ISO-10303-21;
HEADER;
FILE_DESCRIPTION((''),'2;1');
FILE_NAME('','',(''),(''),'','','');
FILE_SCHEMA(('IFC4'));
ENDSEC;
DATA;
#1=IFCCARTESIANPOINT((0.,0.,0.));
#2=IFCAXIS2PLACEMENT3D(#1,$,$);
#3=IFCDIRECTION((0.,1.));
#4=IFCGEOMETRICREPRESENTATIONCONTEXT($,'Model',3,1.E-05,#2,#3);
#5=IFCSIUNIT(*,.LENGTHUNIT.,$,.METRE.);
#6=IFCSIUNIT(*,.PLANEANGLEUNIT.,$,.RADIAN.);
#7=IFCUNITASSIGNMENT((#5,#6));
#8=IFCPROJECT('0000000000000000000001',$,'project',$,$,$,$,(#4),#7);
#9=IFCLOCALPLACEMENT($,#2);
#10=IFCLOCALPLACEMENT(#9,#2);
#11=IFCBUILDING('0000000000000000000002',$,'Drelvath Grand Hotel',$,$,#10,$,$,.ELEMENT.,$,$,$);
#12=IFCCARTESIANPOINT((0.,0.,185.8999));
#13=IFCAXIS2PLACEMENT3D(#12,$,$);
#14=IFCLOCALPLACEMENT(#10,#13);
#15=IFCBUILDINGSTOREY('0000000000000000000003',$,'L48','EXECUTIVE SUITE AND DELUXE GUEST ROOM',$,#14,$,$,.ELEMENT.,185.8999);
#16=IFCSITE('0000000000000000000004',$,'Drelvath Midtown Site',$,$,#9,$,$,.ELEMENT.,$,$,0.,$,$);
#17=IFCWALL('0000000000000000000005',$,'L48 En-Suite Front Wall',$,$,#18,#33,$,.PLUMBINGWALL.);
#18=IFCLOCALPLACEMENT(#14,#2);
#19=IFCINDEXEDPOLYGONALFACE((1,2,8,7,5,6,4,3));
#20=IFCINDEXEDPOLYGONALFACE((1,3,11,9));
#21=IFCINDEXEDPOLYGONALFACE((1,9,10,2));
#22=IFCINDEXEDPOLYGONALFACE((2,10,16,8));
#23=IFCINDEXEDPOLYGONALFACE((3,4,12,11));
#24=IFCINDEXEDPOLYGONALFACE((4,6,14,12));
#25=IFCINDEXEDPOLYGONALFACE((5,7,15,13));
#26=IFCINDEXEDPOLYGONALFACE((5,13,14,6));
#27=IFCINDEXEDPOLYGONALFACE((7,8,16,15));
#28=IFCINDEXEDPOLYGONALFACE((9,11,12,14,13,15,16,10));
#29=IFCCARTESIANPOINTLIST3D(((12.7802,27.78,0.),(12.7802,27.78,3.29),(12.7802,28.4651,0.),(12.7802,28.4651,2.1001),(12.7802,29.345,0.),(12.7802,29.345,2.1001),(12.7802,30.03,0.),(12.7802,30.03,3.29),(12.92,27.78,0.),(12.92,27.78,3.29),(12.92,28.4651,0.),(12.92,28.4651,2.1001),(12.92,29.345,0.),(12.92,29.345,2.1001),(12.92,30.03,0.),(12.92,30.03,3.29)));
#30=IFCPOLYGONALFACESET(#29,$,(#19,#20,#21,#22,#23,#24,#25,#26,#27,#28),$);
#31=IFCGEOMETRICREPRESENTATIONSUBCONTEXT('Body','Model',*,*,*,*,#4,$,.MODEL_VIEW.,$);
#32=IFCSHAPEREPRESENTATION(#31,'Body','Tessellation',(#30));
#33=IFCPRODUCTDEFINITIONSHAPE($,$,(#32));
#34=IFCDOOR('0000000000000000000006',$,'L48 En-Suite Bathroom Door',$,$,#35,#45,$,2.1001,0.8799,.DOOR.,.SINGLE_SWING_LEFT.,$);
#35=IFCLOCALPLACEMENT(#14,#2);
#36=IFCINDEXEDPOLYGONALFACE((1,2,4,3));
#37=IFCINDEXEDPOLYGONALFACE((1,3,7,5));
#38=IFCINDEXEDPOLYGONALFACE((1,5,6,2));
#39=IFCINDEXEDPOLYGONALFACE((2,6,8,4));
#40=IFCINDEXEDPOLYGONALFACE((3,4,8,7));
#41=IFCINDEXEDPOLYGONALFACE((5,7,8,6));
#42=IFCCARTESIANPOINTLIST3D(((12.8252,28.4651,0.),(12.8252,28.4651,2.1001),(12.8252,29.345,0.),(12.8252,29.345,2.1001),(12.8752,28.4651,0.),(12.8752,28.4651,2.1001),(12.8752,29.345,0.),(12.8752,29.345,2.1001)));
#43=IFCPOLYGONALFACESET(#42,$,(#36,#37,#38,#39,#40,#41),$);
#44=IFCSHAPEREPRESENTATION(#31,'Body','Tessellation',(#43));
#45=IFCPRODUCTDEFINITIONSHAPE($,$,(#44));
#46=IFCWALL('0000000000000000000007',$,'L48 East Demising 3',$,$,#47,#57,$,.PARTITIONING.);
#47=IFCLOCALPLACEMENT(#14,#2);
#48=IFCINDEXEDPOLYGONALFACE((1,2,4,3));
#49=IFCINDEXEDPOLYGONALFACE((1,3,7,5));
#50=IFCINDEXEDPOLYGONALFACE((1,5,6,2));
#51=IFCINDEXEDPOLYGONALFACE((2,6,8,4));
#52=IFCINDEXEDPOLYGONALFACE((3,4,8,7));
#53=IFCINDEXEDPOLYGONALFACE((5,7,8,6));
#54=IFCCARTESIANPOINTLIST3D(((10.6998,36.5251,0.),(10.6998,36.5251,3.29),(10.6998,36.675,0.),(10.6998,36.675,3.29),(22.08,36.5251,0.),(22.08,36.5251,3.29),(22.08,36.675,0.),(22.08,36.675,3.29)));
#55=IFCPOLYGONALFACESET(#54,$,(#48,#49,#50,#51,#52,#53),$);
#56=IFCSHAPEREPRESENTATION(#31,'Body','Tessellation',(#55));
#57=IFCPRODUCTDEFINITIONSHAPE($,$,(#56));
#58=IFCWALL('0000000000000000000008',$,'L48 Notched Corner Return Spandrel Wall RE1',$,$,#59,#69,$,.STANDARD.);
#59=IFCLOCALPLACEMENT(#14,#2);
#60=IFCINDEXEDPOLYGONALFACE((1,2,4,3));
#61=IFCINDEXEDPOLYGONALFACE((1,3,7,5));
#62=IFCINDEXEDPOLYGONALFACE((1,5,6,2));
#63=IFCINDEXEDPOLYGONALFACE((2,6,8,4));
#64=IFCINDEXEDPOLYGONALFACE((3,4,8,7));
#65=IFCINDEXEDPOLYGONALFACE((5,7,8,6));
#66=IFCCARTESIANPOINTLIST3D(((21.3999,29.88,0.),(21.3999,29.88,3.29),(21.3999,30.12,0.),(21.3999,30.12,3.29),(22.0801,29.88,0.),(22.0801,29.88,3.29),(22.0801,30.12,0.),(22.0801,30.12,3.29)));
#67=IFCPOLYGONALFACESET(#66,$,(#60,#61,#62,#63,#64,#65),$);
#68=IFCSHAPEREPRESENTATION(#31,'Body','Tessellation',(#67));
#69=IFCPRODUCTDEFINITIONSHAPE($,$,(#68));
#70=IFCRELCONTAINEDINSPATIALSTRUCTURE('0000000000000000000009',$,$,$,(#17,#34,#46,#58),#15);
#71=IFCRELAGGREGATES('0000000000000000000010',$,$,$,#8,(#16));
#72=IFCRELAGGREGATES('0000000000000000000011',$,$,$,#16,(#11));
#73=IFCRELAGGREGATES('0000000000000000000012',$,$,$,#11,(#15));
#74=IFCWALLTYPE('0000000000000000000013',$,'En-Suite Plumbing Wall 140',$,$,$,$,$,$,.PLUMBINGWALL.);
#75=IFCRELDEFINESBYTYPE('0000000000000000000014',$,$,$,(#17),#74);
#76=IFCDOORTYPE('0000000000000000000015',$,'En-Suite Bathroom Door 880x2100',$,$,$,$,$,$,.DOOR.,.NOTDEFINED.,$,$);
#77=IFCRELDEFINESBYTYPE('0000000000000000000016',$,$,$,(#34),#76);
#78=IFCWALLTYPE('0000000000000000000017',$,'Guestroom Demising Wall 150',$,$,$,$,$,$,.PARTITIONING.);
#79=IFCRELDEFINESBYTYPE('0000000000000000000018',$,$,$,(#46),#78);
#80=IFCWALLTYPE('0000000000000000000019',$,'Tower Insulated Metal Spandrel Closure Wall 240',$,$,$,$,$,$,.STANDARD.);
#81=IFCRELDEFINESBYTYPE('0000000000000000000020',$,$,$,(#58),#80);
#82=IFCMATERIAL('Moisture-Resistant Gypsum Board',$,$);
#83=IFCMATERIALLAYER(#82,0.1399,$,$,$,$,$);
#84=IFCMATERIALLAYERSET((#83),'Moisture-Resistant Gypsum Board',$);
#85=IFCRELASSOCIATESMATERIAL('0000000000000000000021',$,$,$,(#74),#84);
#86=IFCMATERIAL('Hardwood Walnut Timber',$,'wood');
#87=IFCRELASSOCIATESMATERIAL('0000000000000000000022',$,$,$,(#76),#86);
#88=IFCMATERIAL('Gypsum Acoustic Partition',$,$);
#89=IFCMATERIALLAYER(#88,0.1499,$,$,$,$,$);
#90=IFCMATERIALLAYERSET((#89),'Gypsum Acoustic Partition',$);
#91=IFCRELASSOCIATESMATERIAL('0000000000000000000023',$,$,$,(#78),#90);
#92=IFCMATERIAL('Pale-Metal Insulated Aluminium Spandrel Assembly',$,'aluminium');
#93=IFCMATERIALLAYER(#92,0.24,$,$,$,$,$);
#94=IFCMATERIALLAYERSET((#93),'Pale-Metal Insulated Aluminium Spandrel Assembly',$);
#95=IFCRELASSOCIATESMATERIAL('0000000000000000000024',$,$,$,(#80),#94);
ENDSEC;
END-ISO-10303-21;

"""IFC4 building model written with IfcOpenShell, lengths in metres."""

from ifc_helpers import new_model, si_unit, direction, frame, frame_2d, origin, place, context, subcontext, project, spatial, rectangle, extrude, material, layer, layer_set, type_object, element, fill, save


model = new_model("IFC4")

# Units and contexts
model_context = context("Model", 3, precision=1e-05, world=origin(), true_north=direction((0.0, 1.0)))
body_context = subcontext(model_context, "Body", "Model", "MODEL_VIEW")
ifc_project = project(units=[si_unit("LENGTHUNIT", "METRE"), si_unit("PLANEANGLEUNIT", "RADIAN")], contexts=[model_context])

# Site, building, storey
site_placement = place(None, origin())
site = spatial("IfcSite", under=ifc_project, at=site_placement, Name="Drelvath Midtown Site", CompositionType="ELEMENT", RefElevation=0.0)
building_placement = place(site_placement, origin())
building = spatial("IfcBuilding", under=site, at=building_placement, Name="Drelvath Grand Hotel", CompositionType="ELEMENT")
storey_placement = place(building_placement, frame((0.0, 0.0, 185.8999)))
storey = spatial("IfcBuildingStorey", under=building, at=storey_placement, Name="L48", Description="EXECUTIVE SUITE AND DELUXE GUEST ROOM", CompositionType="ELEMENT", Elevation=185.8999)

# Shared definitions
ifc_material_1 = material(Name="Moisture-Resistant Gypsum Board")
ifc_layer_1 = layer(ifc_material_1, 0.1399)
ifc_layer_set_1 = layer_set([ifc_layer_1], Name="Moisture-Resistant Gypsum Board")
wall_type_1 = type_object("IfcWallType", Name="En-Suite Plumbing Wall 140", PredefinedType="PLUMBINGWALL", material=ifc_layer_set_1)

# Wall, opening, door
wall_1_placement = place(storey_placement, frame((12.8501, 27.78, 0.0), z_axis=(0.0, 0.0, 1.0), x_axis=(0.0, 1.0, 0.0)))
wall_1 = element("IfcWall", 1, at=wall_1_placement, inside=storey, type_object=wall_type_1, Name="L48 En-Suite Front Wall", PredefinedType="PLUMBINGWALL", context=body_context, shape_type="SweptSolid", body=[
    extrude(rectangle(XDim=2.25, YDim=0.1399, at=frame_2d((1.125, 0.0))), origin(), (0.0, 0.0, 1.0), 3.29),
])
opening_placement = place(wall_1_placement, frame((0.6851, 0.0, 0.0)))
opening = element("IfcOpeningElement", 2, at=opening_placement, cuts=wall_1, PredefinedType="OPENING", context=body_context, shape_type="SweptSolid", body=[
    extrude(rectangle(XDim=0.8799, YDim=2.1001, at=frame_2d((0.4399, 1.05))), frame((0.0, 0.0798, 0.0), z_axis=(0.0, -1.0, 0.0), x_axis=(1.0, 0.0, 0.0)), (0.0, 0.0, 1.0), 0.1599),
])
ifc_material_2 = material(Name="Hardwood Walnut Timber", Category="wood")
door_type = type_object("IfcDoorType", Name="En-Suite Bathroom Door 880x2100", OperationType="NOTDEFINED", PredefinedType="DOOR", material=ifc_material_2)
door_placement = place(opening_placement, origin())
door = element("IfcDoor", 3, at=door_placement, inside=storey, type_object=door_type, Name="L48 En-Suite Bathroom Door", OperationType="SINGLE_SWING_LEFT", OverallHeight=2.1001, OverallWidth=0.8799, PredefinedType="DOOR", context=body_context, shape_type="SweptSolid", body=[
    extrude(rectangle(XDim=0.8799, YDim=2.1001, at=frame_2d((0.4399, 1.05))), frame((0.0, 0.0249, 0.0), z_axis=(0.0, -1.0, 0.0), x_axis=(1.0, 0.0, 0.0)), (0.0, 0.0, 1.0), 0.05),
])
fill(opening, door)

# Walls
ifc_material_3 = material(Name="Gypsum Acoustic Partition")
ifc_layer_2 = layer(ifc_material_3, 0.1499)
ifc_layer_set_2 = layer_set([ifc_layer_2], Name="Gypsum Acoustic Partition")
wall_type_2 = type_object("IfcWallType", Name="Guestroom Demising Wall 150", PredefinedType="PARTITIONING", material=ifc_layer_set_2)
wall_2_placement = place(storey_placement, frame((10.7, 36.6001, 0.0), z_axis=(0.0, 0.0, 1.0), x_axis=(1.0, 0.0, 0.0)))
element("IfcWall", 4, at=wall_2_placement, inside=storey, type_object=wall_type_2, Name="L48 East Demising 3", PredefinedType="PARTITIONING", context=body_context, shape_type="SweptSolid", body=[
    extrude(rectangle(XDim=11.3801, YDim=0.1499, at=frame_2d((5.6899, 0.0))), origin(), (0.0, 0.0, 1.0), 3.29),
])
ifc_material_4 = material(Name="Pale-Metal Insulated Aluminium Spandrel Assembly", Category="aluminium")
ifc_layer_3 = layer(ifc_material_4, 0.24)
ifc_layer_set_3 = layer_set([ifc_layer_3], Name="Pale-Metal Insulated Aluminium Spandrel Assembly")
wall_type_3 = type_object("IfcWallType", Name="Tower Insulated Metal Spandrel Closure Wall 240", PredefinedType="STANDARD", material=ifc_layer_set_3)
wall_3_placement = place(storey_placement, frame((22.0801, 30.0, 0.0), z_axis=(0.0, 0.0, 1.0), x_axis=(-1.0, 0.0, 0.0)))
element("IfcWall", 5, at=wall_3_placement, inside=storey, type_object=wall_type_3, Name="L48 Notched Corner Return Spandrel Wall RE1", PredefinedType="STANDARD", context=body_context, shape_type="SweptSolid", body=[
    extrude(rectangle(XDim=0.6802, YDim=0.24, at=frame_2d((0.3401, 0.0))), origin(), (0.0, 0.0, 1.0), 3.29),
])

save(model, "model.ifc")
